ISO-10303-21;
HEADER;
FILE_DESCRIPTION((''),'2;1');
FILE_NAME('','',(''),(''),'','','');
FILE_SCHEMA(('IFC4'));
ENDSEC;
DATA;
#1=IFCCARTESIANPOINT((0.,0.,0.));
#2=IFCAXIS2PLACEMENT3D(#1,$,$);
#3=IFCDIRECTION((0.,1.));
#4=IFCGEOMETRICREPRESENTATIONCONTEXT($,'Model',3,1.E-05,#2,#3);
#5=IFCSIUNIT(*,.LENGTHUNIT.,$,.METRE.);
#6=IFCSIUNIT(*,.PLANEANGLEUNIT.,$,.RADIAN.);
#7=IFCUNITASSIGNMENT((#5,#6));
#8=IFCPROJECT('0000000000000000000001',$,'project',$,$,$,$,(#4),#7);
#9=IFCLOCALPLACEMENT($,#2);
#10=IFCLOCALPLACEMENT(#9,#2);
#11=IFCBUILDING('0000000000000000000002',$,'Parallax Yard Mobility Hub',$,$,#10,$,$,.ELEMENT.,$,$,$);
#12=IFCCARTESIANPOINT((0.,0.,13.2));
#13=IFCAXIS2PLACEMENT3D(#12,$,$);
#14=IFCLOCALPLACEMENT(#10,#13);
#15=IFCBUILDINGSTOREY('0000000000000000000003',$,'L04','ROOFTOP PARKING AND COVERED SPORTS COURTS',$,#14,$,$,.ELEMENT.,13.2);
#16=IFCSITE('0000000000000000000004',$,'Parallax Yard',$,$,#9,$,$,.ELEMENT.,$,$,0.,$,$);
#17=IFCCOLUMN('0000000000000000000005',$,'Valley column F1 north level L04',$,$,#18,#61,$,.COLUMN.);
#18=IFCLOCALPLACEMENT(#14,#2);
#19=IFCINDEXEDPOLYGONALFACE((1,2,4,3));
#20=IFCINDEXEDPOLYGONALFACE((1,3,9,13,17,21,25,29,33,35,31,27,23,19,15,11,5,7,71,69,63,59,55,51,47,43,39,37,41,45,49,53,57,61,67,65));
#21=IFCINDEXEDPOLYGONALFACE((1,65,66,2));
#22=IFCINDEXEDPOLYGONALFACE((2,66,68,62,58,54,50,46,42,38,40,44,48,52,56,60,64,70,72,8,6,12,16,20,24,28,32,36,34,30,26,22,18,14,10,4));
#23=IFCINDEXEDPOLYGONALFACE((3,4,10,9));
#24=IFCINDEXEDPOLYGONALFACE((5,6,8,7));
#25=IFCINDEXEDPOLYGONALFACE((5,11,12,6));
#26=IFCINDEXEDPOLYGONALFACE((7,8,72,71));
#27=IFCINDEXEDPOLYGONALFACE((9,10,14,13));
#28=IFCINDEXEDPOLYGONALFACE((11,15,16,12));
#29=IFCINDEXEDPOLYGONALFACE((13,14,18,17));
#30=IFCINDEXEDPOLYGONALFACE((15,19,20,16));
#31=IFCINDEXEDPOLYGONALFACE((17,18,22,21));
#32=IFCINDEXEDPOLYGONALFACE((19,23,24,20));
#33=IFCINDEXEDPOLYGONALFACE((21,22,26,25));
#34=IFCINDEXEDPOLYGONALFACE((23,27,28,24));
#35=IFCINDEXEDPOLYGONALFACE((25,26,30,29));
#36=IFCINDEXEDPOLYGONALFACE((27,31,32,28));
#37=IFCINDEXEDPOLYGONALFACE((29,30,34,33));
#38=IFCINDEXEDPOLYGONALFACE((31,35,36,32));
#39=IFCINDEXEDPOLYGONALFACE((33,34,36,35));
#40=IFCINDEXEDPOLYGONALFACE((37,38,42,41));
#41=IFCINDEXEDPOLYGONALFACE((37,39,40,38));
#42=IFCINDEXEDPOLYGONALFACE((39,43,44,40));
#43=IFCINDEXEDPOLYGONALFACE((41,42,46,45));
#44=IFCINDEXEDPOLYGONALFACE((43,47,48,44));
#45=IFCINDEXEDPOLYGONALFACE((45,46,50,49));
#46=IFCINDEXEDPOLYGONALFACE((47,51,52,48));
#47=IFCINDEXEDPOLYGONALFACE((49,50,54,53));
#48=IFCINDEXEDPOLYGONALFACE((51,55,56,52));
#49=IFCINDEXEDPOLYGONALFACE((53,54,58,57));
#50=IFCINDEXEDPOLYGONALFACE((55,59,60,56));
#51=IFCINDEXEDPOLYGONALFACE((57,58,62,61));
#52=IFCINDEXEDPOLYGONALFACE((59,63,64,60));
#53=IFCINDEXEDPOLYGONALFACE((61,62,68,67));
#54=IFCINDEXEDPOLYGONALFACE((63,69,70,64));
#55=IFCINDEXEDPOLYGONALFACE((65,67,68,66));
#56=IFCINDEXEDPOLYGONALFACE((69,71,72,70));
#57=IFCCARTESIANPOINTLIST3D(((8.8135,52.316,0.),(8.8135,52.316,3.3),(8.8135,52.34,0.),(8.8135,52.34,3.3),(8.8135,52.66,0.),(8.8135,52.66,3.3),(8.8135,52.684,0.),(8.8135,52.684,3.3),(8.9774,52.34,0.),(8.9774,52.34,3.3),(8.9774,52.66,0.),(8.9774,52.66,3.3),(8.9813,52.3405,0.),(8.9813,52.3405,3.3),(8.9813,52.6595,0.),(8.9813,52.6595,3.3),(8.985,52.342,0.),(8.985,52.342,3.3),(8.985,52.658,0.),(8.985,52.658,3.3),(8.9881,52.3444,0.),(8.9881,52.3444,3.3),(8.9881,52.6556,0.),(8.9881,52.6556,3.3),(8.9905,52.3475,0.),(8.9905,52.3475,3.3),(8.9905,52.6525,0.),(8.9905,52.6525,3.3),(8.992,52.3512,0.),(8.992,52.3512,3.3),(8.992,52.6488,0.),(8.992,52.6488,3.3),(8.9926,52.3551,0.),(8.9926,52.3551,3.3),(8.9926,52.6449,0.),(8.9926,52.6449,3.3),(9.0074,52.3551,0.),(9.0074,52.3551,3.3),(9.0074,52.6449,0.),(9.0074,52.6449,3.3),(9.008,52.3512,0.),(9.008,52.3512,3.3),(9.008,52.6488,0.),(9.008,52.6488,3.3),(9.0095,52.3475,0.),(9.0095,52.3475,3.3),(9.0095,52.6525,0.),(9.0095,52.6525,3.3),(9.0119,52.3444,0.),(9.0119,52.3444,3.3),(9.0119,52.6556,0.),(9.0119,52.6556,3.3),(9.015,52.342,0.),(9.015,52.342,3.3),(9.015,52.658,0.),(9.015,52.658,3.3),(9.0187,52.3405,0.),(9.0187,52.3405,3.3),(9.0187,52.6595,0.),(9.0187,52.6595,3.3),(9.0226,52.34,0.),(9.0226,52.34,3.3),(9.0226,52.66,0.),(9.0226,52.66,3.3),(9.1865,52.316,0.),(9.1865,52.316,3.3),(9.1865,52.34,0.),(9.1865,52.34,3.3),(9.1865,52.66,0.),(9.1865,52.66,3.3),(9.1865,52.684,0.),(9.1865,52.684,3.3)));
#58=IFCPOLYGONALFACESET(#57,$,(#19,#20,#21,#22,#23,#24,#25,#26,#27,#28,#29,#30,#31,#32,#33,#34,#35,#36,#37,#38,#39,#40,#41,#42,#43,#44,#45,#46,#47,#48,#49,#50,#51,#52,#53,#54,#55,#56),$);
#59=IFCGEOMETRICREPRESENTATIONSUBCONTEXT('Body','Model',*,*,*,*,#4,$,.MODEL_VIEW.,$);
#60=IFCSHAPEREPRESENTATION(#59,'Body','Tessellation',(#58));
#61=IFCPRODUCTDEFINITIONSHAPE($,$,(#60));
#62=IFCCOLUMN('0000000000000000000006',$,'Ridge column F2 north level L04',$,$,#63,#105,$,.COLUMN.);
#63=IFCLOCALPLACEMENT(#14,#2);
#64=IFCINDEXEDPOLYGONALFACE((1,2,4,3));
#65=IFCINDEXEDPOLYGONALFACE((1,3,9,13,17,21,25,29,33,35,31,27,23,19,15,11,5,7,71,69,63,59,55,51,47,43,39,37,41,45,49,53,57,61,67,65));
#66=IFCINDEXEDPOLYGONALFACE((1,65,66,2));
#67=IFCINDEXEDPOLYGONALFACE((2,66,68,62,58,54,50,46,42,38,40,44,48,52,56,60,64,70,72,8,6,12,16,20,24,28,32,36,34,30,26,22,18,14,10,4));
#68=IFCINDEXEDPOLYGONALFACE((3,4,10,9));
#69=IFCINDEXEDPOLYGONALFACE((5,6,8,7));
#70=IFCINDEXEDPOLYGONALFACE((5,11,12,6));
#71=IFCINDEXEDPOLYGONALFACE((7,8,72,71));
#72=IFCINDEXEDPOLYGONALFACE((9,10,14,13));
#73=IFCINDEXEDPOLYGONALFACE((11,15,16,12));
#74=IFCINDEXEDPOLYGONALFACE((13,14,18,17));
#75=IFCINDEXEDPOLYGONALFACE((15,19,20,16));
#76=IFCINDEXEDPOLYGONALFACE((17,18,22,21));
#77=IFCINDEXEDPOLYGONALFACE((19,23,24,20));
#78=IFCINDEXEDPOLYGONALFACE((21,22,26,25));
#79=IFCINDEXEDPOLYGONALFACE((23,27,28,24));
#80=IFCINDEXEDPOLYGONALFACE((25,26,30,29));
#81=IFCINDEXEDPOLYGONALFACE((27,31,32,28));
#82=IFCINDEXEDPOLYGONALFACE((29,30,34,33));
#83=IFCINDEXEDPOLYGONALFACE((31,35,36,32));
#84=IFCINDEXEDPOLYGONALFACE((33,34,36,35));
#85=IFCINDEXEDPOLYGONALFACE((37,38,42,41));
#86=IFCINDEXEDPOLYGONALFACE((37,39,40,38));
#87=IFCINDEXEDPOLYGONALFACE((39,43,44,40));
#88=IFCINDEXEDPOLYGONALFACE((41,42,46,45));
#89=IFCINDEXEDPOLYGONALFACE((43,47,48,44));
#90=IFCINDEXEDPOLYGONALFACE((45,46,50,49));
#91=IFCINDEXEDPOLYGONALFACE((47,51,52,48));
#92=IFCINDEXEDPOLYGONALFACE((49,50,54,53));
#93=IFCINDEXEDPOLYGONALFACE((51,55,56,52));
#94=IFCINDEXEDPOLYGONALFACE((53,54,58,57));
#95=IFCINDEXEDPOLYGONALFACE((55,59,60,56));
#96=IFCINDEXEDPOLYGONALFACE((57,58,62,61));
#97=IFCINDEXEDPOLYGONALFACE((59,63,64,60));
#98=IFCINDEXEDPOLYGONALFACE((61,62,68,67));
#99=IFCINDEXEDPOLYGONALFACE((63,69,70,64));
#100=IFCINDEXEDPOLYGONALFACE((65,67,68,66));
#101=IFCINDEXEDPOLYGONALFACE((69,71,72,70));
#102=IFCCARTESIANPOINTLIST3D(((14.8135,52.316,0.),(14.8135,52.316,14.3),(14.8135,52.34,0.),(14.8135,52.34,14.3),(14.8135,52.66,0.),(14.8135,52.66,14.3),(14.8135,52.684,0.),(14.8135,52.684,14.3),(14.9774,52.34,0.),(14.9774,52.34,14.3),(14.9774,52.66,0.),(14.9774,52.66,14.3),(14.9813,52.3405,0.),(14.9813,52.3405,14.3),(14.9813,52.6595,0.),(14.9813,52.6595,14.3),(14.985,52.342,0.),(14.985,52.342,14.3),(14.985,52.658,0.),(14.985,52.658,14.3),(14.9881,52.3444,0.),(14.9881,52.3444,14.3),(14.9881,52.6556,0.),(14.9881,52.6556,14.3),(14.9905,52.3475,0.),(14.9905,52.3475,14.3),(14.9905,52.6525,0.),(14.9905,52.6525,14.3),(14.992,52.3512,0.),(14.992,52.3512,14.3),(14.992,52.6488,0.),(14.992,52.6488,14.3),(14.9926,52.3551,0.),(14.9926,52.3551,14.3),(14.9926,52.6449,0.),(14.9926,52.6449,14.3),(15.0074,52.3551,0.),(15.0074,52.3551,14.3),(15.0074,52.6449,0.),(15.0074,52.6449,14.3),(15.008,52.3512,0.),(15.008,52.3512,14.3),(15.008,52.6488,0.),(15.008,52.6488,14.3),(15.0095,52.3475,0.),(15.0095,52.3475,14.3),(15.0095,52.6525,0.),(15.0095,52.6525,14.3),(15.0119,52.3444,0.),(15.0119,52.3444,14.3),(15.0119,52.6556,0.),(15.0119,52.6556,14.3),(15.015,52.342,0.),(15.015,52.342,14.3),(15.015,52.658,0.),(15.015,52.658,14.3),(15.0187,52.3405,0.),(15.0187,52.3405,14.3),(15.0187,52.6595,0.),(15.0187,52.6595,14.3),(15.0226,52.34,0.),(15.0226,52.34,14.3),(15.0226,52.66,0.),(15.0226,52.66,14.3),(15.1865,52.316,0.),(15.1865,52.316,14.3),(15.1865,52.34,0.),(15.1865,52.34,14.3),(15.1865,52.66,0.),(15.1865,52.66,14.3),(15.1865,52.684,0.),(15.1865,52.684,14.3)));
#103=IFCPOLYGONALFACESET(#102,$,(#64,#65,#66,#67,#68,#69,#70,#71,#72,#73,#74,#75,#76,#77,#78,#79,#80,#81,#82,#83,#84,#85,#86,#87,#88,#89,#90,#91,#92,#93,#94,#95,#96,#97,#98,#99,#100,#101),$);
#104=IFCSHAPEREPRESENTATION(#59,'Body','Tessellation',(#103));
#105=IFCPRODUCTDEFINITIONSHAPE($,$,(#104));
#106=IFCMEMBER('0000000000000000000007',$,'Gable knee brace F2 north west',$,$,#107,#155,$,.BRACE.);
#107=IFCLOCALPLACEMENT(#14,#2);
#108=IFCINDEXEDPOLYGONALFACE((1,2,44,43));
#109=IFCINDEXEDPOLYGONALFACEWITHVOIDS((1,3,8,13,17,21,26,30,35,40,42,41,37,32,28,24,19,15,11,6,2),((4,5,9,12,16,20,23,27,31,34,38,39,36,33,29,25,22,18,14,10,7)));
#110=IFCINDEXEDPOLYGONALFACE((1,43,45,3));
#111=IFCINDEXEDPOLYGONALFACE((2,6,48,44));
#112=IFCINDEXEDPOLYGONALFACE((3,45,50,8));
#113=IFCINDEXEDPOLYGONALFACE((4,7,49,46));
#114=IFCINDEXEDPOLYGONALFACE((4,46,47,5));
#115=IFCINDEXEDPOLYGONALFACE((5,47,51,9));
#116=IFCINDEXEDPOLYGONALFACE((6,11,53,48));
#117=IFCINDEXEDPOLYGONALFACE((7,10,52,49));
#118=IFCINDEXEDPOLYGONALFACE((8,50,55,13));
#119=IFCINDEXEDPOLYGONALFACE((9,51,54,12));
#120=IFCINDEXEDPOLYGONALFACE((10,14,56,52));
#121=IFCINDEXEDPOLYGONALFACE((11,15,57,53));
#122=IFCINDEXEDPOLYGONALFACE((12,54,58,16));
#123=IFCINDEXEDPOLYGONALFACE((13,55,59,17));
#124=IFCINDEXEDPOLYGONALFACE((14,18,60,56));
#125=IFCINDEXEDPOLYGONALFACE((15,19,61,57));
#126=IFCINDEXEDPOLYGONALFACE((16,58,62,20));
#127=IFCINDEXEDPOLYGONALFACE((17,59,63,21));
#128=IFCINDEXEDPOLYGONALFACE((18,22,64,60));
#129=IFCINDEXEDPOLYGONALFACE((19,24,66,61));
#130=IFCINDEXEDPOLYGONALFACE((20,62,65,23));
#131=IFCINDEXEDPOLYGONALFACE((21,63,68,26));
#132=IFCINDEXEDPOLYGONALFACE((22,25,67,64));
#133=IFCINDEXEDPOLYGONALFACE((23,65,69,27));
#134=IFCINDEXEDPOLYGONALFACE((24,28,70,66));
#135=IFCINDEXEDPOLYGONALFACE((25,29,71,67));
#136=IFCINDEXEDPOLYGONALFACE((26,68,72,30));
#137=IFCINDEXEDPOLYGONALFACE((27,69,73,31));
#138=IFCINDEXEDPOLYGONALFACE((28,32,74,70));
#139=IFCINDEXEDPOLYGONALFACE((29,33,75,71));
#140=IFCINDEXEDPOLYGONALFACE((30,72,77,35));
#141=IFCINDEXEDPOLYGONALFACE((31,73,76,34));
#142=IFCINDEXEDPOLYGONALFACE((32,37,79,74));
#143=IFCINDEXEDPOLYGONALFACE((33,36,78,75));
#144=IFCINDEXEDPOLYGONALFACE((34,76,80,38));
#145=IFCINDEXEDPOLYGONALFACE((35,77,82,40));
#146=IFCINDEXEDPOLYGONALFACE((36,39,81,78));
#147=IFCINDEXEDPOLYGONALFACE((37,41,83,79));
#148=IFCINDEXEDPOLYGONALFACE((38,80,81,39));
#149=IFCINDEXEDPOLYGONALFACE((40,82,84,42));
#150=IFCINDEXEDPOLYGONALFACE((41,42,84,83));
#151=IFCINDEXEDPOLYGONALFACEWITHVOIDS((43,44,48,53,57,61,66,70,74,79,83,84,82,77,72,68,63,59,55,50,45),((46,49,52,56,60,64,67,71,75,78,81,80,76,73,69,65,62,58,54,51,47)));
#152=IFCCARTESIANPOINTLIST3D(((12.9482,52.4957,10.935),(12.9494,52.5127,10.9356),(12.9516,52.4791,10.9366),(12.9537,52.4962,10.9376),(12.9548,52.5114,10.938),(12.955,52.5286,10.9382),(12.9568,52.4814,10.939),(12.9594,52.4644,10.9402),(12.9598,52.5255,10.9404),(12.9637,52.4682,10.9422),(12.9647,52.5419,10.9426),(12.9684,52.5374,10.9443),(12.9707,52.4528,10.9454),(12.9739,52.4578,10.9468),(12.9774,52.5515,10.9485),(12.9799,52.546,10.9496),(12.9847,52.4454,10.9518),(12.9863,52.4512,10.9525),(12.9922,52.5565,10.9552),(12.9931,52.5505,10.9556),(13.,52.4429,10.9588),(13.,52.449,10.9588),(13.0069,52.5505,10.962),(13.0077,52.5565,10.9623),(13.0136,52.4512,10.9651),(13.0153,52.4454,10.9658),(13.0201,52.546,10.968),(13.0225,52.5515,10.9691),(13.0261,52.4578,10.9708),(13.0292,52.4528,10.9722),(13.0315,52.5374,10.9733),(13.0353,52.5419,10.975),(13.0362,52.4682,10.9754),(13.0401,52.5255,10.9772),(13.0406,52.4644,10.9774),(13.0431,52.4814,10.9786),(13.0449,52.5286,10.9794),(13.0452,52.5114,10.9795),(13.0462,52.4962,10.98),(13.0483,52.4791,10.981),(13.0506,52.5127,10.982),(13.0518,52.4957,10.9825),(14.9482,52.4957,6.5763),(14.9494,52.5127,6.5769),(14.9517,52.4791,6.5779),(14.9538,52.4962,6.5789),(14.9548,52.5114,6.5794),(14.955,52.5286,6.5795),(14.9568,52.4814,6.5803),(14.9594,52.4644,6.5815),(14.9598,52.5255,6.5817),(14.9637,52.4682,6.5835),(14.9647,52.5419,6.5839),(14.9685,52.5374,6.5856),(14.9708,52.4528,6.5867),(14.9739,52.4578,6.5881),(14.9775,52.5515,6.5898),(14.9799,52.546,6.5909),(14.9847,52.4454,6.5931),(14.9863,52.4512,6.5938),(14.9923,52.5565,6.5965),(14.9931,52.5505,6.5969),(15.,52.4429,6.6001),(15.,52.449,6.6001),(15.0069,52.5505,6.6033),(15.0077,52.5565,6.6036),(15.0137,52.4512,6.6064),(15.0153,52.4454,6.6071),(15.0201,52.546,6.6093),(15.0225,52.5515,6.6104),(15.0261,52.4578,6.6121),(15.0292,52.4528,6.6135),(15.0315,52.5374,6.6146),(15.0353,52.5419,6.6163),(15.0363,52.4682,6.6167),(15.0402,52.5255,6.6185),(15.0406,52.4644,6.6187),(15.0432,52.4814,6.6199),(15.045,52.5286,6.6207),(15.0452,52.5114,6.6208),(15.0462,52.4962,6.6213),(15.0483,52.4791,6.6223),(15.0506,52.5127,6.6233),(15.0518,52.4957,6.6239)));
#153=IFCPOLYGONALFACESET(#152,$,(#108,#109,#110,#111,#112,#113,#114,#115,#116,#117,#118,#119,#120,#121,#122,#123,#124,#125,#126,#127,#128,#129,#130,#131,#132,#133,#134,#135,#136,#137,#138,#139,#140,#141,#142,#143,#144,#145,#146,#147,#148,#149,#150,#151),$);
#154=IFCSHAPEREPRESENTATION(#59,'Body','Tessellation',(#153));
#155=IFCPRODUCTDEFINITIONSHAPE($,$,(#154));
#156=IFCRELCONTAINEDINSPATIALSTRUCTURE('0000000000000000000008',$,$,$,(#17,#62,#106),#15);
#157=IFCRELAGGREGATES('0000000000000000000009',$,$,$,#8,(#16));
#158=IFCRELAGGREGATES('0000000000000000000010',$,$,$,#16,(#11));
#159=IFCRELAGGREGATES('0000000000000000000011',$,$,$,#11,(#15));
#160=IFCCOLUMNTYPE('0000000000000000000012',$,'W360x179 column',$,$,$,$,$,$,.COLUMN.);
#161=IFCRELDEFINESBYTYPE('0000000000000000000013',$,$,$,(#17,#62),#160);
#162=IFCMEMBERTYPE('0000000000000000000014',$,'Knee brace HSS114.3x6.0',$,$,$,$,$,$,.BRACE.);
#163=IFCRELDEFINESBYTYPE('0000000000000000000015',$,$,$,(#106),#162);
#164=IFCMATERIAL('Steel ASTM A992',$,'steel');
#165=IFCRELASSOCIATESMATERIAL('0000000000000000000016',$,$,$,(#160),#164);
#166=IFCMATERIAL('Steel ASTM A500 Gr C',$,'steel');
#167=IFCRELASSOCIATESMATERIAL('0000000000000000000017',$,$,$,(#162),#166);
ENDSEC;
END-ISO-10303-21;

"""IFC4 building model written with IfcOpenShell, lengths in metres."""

from ifc_helpers import new_model, si_unit, direction, frame, origin, origin_2d, place, context, subcontext, project, spatial, hollow_circle, i_section, extrude, material, material_profile, profile_set, type_object, element, save


model = new_model("IFC4")

# Units and contexts
model_context = context("Model", 3, precision=1e-05, world=origin(), true_north=direction((0.0, 1.0)))
body_context = subcontext(model_context, "Body", "Model", "MODEL_VIEW")
ifc_project = project(units=[si_unit("LENGTHUNIT", "METRE"), si_unit("PLANEANGLEUNIT", "RADIAN")], contexts=[model_context])

# Site, building, storey
site_placement = place(None, origin())
site = spatial("IfcSite", under=ifc_project, at=site_placement, Name="Parallax Yard", CompositionType="ELEMENT", RefElevation=0.0)
building_placement = place(site_placement, origin())
building = spatial("IfcBuilding", under=site, at=building_placement, Name="Parallax Yard Mobility Hub", CompositionType="ELEMENT")
storey_placement = place(building_placement, frame((0.0, 0.0, 13.2)))
storey = spatial("IfcBuildingStorey", under=building, at=storey_placement, Name="L04", Description="ROOFTOP PARKING AND COVERED SPORTS COURTS", CompositionType="ELEMENT", Elevation=13.2)

# Columns
ifc_material_1 = material(Name="Steel ASTM A992", Category="steel")
ifc_material_profile_1 = material_profile(ifc_material_1, i_section(OverallWidth=0.373, OverallDepth=0.3679, WebThickness=0.0149, FlangeThickness=0.0239, FilletRadius=0.0151, at=origin_2d()), Name="W360x179")
ifc_profile_set_1 = profile_set([ifc_material_profile_1], Name="Steel ASTM A992")
column_type = type_object("IfcColumnType", Name="W360x179 column", PredefinedType="COLUMN", material=ifc_profile_set_1)
column_1_placement = place(storey_placement, frame((9.0, 52.5, 0.0), z_axis=(0.0, 0.0, 1.0), x_axis=(1.0, 0.0, 0.0)))
element("IfcColumn", 1, at=column_1_placement, inside=storey, type_object=column_type, Name="Valley column F1 north level L04", PredefinedType="COLUMN", context=body_context, shape_type="SweptSolid", body=[
    extrude(i_section(OverallWidth=0.373, OverallDepth=0.3679, WebThickness=0.0149, FlangeThickness=0.0239, FilletRadius=0.0151, at=origin_2d()), origin(), (0.0, 0.0, 1.0), 3.3),
])
column_2_placement = place(storey_placement, frame((15.0, 52.5, 0.0), z_axis=(0.0, 0.0, 1.0), x_axis=(1.0, 0.0, 0.0)))
element("IfcColumn", 2, at=column_2_placement, inside=storey, type_object=column_type, Name="Ridge column F2 north level L04", PredefinedType="COLUMN", context=body_context, shape_type="SweptSolid", body=[
    extrude(i_section(OverallWidth=0.373, OverallDepth=0.3679, WebThickness=0.0149, FlangeThickness=0.0239, FilletRadius=0.0151, at=origin_2d()), origin(), (0.0, 0.0, 1.0), 14.3),
])

# Member
ifc_material_2 = material(Name="Steel ASTM A500 Gr C", Category="steel")
ifc_material_profile_2 = material_profile(ifc_material_2, hollow_circle(Radius=0.0571, WallThickness=0.0061, at=origin_2d()), Name="HSS114.3x6.0")
ifc_profile_set_2 = profile_set([ifc_material_profile_2], Name="Steel ASTM A500 Gr C")
member_type_1 = type_object("IfcMemberType", Name="Knee brace HSS114.3x6.0", PredefinedType="BRACE", material=ifc_profile_set_2)
for number, where, z_axis, x_axis, name in (
    (3, (15.0, 52.5, 6.6001), (-0.417049, 0.0, 0.908884), (0.0, -1.0, 0.0), "Gable knee brace F2 north west"),
):
    element("IfcMember", number, at=place(storey_placement, frame(where, z_axis=z_axis, x_axis=x_axis)), inside=storey, type_object=member_type_1, Name=name, PredefinedType="BRACE", context=body_context, shape_type="SweptSolid", body=[
        extrude(hollow_circle(Radius=0.0571, WallThickness=0.0061, at=origin_2d()), origin(), (0.0, 0.0, 1.0), 4.7957),
    ])

save(model, "model.ifc")
